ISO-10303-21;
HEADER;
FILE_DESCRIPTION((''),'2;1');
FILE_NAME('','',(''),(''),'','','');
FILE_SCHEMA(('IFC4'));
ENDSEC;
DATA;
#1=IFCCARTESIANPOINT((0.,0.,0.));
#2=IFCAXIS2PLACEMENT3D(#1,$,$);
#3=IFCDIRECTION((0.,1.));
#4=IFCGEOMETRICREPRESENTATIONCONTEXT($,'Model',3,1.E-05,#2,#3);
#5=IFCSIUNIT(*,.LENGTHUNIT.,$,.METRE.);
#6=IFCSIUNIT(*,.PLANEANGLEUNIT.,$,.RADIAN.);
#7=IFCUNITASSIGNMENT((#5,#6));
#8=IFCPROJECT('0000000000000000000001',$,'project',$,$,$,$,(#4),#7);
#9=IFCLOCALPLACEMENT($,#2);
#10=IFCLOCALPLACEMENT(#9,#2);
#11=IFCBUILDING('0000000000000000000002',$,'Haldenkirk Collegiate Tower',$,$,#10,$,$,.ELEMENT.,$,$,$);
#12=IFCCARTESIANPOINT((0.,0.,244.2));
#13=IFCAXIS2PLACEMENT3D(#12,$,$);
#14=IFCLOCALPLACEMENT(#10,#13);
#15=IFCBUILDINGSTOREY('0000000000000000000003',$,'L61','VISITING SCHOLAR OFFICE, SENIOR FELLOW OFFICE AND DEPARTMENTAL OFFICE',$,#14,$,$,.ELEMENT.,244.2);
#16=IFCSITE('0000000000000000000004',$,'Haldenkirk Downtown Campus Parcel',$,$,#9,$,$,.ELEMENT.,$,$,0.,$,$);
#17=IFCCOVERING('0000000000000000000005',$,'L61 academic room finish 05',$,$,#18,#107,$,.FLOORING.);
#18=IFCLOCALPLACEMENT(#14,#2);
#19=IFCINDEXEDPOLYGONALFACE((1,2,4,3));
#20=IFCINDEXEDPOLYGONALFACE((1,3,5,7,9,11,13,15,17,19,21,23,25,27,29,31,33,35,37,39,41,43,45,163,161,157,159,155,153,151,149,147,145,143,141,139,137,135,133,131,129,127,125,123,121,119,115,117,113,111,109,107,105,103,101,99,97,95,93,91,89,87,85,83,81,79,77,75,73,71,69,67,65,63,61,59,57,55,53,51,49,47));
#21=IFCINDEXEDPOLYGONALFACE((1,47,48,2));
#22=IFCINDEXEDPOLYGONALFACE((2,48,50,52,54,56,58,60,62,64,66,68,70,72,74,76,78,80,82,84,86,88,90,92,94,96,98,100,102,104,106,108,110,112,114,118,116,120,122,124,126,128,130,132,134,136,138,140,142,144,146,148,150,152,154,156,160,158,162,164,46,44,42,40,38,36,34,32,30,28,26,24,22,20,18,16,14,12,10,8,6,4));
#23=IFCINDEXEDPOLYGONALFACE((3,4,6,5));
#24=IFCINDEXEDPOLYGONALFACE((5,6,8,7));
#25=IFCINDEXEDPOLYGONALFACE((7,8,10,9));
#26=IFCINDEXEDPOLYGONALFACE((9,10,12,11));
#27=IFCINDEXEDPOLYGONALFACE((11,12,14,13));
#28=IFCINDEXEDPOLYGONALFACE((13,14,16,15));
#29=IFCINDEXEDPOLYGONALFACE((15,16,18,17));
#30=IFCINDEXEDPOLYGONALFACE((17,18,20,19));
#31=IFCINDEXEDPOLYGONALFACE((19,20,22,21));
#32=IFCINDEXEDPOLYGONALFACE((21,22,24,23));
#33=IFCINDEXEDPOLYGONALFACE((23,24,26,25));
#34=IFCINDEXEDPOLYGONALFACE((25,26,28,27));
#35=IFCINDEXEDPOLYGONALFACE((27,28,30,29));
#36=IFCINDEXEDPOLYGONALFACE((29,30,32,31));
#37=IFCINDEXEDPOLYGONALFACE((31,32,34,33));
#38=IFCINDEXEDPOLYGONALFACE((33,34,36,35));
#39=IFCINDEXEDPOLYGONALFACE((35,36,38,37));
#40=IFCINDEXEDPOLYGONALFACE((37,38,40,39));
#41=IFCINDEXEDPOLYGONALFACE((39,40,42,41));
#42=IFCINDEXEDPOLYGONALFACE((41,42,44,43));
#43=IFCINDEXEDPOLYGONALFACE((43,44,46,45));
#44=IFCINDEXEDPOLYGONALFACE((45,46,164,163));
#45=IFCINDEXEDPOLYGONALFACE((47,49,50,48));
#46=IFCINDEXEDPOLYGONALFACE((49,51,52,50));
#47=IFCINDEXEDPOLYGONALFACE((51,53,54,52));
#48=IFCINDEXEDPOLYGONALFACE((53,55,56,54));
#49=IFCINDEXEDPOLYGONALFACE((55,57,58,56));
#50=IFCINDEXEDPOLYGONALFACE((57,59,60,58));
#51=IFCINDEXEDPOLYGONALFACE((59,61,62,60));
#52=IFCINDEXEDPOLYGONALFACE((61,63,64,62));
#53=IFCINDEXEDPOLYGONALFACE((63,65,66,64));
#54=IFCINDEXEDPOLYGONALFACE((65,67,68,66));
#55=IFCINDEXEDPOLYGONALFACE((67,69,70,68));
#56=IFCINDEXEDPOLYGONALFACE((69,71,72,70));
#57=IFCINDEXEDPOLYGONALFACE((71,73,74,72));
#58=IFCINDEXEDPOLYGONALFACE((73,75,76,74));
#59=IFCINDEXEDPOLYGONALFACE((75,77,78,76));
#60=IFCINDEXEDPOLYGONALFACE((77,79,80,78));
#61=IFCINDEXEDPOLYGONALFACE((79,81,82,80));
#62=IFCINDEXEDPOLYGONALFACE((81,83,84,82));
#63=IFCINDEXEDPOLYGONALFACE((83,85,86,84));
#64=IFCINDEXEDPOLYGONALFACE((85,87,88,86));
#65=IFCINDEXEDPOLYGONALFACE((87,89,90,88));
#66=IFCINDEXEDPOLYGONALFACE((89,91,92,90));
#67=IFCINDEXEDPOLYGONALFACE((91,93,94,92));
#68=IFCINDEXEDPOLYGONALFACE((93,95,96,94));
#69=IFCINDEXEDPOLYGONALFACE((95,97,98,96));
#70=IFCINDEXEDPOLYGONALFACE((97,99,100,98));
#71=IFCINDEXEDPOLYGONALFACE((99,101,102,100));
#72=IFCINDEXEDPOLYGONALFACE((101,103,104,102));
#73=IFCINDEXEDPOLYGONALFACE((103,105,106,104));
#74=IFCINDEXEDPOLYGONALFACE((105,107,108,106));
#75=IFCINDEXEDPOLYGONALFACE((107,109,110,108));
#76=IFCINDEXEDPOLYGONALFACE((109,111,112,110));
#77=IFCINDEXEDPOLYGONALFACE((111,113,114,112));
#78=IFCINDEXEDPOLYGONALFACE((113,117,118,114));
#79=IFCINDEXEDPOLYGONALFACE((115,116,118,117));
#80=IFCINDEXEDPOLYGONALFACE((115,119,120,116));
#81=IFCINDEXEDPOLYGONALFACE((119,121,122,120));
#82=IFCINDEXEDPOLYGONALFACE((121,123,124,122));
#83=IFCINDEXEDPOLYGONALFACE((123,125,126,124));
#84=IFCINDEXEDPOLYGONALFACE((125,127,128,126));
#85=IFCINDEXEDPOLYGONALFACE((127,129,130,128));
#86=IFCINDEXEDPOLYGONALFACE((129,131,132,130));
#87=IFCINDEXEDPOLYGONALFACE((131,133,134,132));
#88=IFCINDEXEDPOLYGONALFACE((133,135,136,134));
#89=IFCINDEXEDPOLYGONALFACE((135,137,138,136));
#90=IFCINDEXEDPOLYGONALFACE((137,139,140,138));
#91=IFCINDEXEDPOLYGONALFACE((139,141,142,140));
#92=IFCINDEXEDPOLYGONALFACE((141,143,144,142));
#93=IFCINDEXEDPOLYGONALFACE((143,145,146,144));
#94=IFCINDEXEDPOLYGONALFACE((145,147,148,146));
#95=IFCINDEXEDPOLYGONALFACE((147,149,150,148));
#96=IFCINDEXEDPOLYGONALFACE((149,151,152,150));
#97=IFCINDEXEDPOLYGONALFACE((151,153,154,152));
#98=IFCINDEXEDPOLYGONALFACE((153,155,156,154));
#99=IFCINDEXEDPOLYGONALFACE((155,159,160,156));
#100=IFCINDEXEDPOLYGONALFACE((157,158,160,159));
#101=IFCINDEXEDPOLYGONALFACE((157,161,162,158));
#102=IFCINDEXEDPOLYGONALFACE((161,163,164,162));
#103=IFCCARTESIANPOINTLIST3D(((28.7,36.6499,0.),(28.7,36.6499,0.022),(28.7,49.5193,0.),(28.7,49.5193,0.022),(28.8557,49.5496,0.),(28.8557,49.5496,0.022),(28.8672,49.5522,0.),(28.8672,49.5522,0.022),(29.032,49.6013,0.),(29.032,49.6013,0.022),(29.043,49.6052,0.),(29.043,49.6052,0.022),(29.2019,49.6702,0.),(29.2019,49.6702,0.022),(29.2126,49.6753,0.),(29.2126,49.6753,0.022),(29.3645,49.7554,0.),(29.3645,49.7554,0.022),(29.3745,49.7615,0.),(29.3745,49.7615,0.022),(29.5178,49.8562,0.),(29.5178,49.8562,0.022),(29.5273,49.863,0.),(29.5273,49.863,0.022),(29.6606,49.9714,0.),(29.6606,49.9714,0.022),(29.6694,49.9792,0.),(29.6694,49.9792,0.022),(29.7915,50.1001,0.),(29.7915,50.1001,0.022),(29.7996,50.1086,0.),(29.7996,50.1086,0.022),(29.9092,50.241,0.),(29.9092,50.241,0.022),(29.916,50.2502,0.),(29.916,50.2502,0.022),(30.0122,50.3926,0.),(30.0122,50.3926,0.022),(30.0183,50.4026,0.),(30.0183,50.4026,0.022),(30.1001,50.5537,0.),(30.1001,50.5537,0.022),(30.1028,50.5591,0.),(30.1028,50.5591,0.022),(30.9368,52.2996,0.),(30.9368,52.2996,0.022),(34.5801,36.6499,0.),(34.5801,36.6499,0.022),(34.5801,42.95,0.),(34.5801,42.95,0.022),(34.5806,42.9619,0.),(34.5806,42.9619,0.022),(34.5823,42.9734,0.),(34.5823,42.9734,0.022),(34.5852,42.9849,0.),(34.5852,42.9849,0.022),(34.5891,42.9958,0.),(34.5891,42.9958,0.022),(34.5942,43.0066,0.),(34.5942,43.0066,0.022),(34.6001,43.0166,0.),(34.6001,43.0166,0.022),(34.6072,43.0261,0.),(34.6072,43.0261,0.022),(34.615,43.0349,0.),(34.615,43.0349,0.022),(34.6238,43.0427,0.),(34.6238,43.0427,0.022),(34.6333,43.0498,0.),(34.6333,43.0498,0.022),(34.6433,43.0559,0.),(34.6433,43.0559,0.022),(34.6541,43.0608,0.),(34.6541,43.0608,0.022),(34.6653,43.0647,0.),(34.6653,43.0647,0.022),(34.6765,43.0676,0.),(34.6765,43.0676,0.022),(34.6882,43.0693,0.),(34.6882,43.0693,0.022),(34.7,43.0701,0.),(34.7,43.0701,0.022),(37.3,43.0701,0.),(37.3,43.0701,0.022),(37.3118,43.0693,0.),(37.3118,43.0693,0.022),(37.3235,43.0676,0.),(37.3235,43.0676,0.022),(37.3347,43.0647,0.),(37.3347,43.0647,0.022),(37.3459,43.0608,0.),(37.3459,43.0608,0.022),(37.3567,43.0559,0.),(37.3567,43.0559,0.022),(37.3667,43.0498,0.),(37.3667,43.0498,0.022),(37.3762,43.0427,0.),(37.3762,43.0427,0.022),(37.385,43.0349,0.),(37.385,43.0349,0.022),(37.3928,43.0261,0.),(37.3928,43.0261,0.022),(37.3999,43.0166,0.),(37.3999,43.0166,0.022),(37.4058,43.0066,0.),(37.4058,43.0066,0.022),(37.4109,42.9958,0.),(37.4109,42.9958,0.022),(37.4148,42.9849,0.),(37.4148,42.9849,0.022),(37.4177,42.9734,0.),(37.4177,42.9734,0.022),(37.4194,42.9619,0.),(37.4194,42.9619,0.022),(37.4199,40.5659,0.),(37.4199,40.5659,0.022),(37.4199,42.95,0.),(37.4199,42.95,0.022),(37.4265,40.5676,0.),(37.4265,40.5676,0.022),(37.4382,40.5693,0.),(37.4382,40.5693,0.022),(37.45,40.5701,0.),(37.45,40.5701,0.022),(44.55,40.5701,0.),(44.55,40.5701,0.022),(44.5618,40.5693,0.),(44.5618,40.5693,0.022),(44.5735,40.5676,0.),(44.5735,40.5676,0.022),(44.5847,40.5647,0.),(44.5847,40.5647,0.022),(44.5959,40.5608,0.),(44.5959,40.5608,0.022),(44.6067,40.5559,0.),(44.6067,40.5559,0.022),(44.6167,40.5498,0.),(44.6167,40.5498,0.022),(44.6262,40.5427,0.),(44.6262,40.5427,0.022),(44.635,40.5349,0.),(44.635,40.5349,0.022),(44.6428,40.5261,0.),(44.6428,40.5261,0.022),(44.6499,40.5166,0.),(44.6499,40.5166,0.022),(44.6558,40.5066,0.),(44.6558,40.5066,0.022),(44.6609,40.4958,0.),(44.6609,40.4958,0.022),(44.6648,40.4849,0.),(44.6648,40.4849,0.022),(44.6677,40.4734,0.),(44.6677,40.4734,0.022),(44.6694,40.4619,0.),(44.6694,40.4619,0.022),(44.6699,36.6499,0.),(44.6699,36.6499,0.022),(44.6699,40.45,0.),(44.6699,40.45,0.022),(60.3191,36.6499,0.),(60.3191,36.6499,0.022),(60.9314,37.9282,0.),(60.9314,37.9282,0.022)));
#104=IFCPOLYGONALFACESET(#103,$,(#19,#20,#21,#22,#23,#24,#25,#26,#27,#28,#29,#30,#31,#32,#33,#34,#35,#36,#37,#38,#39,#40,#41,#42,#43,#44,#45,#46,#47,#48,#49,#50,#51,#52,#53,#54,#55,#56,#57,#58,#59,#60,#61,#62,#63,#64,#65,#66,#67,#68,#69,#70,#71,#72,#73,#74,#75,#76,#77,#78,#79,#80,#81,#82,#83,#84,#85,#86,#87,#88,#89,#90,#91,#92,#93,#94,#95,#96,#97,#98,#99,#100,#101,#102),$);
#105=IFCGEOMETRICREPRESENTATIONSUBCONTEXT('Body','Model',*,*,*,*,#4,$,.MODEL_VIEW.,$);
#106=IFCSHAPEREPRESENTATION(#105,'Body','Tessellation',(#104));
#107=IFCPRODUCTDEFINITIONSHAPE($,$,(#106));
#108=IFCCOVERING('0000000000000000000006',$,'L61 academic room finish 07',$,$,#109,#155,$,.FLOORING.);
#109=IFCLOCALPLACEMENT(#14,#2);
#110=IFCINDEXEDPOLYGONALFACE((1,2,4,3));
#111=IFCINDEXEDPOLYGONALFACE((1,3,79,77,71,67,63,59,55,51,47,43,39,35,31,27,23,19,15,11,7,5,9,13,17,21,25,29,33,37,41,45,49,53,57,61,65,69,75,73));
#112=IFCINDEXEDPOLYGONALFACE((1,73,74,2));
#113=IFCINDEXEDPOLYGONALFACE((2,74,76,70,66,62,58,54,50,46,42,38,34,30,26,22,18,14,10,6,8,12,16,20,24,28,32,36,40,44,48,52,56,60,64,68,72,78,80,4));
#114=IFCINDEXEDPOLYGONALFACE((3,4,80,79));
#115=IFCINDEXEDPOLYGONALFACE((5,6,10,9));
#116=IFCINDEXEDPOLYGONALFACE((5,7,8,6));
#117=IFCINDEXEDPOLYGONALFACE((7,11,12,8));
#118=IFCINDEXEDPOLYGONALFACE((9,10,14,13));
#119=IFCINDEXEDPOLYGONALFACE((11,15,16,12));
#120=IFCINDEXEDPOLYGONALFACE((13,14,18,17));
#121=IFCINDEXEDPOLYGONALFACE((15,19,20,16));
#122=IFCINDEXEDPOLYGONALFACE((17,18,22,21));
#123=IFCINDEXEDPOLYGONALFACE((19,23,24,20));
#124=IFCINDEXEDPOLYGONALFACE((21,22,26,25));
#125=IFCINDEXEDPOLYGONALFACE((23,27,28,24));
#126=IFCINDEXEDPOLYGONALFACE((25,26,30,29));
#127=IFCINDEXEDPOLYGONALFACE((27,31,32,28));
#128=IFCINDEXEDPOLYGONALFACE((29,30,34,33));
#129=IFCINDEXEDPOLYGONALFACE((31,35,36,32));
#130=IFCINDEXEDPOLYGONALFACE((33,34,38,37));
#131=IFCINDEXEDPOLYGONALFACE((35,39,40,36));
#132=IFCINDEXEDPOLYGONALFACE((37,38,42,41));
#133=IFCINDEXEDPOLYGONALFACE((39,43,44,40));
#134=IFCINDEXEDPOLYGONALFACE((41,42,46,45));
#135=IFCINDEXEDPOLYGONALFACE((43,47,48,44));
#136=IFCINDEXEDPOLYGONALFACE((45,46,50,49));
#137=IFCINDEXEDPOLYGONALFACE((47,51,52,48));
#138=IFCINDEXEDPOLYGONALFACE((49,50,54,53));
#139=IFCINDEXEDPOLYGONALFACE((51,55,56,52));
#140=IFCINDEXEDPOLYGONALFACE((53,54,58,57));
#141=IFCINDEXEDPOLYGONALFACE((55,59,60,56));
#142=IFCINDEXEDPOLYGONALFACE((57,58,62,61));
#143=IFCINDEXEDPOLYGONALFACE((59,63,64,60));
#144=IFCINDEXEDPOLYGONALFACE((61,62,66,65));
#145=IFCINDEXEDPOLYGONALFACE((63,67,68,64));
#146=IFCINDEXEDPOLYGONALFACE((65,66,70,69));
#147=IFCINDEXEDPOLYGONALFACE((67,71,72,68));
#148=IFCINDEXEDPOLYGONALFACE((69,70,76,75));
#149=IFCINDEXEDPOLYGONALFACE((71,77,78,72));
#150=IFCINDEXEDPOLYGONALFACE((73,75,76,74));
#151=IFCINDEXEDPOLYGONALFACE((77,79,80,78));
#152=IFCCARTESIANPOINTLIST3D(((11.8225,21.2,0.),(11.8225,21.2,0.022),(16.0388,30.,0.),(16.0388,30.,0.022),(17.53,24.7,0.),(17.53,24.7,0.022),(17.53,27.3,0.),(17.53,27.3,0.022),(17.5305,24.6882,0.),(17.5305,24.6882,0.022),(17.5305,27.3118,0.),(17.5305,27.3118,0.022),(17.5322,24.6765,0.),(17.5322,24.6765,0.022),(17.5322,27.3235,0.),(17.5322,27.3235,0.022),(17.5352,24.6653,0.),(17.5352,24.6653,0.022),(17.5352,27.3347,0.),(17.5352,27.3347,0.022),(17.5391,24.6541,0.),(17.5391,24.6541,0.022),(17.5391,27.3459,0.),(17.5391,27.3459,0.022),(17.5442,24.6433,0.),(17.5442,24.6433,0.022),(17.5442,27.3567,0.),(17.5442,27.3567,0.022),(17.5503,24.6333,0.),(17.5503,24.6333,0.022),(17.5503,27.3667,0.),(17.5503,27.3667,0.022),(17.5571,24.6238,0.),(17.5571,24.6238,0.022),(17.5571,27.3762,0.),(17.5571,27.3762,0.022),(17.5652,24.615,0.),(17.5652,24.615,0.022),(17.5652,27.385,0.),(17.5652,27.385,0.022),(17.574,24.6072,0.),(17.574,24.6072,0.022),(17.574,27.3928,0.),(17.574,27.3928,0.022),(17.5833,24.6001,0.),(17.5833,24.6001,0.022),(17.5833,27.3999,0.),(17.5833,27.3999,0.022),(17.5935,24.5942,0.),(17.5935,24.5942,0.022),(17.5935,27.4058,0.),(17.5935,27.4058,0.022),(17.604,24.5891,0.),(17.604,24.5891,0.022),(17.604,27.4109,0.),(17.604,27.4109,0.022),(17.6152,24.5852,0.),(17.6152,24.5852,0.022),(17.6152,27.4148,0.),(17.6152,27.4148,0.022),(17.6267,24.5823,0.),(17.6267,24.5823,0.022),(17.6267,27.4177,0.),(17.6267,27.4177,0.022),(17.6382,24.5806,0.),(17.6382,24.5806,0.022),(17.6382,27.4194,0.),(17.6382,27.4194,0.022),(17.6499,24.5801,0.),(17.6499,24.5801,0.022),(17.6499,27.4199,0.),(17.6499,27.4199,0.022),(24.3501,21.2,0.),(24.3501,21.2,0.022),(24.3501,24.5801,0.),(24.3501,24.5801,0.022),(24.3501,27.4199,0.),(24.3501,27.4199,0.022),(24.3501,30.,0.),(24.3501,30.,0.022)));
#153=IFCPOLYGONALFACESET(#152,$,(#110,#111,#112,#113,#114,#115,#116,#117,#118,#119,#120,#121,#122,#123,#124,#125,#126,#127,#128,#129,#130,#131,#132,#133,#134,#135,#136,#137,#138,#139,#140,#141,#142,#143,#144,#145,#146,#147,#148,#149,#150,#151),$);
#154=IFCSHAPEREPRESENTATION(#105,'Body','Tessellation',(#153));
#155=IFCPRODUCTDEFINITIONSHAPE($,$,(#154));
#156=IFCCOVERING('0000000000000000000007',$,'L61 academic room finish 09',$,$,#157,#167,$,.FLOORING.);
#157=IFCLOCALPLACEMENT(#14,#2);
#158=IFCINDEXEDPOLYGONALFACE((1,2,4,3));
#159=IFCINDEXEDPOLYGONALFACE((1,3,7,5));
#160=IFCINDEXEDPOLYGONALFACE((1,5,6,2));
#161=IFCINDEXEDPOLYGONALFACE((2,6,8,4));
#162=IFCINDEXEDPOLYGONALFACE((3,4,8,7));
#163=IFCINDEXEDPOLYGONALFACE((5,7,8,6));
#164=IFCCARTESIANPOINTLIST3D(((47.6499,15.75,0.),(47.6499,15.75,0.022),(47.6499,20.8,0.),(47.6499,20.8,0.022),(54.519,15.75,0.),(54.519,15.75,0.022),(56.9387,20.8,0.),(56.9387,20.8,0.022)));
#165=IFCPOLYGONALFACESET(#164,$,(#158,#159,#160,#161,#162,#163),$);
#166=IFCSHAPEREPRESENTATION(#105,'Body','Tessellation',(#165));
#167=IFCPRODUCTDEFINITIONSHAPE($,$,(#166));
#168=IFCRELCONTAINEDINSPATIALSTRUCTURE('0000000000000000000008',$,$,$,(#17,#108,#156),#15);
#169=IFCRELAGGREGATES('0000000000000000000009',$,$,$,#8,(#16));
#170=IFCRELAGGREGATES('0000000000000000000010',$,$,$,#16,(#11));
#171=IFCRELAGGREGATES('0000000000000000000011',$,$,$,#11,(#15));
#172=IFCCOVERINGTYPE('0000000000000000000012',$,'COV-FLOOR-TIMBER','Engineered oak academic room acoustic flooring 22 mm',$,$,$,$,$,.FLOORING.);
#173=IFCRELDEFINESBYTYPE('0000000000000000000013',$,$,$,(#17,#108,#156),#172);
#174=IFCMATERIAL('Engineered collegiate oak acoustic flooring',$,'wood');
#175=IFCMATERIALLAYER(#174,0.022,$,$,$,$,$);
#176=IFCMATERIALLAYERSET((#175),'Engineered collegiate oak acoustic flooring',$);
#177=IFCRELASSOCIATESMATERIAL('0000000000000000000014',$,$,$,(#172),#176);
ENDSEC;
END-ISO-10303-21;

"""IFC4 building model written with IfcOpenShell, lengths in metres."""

from ifc_helpers import new_model, si_unit, direction, frame, origin, place, context, subcontext, project, spatial, polyline, outline, extrude, material, layer, layer_set, type_object, element, save


model = new_model("IFC4")

# Units and contexts
model_context = context("Model", 3, precision=1e-05, world=origin(), true_north=direction((0.0, 1.0)))
body_context = subcontext(model_context, "Body", "Model", "MODEL_VIEW")
ifc_project = project(units=[si_unit("LENGTHUNIT", "METRE"), si_unit("PLANEANGLEUNIT", "RADIAN")], contexts=[model_context])

# Site, building, storey
site_placement = place(None, origin())
site = spatial("IfcSite", under=ifc_project, at=site_placement, Name="Haldenkirk Downtown Campus Parcel", CompositionType="ELEMENT", RefElevation=0.0)
building_placement = place(site_placement, origin())
building = spatial("IfcBuilding", under=site, at=building_placement, Name="Haldenkirk Collegiate Tower", CompositionType="ELEMENT")
storey_placement = place(building_placement, frame((0.0, 0.0, 244.2)))
storey = spatial("IfcBuildingStorey", under=building, at=storey_placement, Name="L61", Description="VISITING SCHOLAR OFFICE, SENIOR FELLOW OFFICE AND DEPARTMENTAL OFFICE", CompositionType="ELEMENT", Elevation=244.2)

# Coverings
ifc_material_1 = material(Name="Engineered collegiate oak acoustic flooring", Category="wood")
ifc_layer_1 = layer(ifc_material_1, 0.022)
ifc_layer_set_1 = layer_set([ifc_layer_1], Name="Engineered collegiate oak acoustic flooring")
covering_type_1 = type_object("IfcCoveringType", Name="COV-FLOOR-TIMBER", Description="Engineered oak academic room acoustic flooring 22 mm", PredefinedType="FLOORING", material=ifc_layer_set_1)
covering_1_placement = place(storey_placement, origin())
element("IfcCovering", 1, at=covering_1_placement, inside=storey, type_object=covering_type_1, Name="L61 academic room finish 05", PredefinedType="FLOORING", context=body_context, shape_type="SweptSolid", body=[
    extrude(outline(polyline([(28.7, 49.5193), (28.8557, 49.5496), (28.8672, 49.5522), (29.032, 49.6013), (29.043, 49.6052), (29.2019, 49.6702), (29.2126, 49.6753), (29.3645, 49.7554), (29.3745, 49.7615), (29.5178, 49.8562), (29.5273, 49.863), (29.6606, 49.9714), (29.6694, 49.9792), (29.7915, 50.1001), (29.7996, 50.1086), (29.9092, 50.241), (29.916, 50.2502), (30.0122, 50.3926), (30.0183, 50.4026), (30.1001, 50.5537), (30.1028, 50.5591), (30.9368, 52.2996), (60.9314, 37.9282), (60.3191, 36.6499), (44.6699, 36.6499), (44.6699, 40.45), (44.6694, 40.4619), (44.6677, 40.4734), (44.6648, 40.4849), (44.6609, 40.4958), (44.6558, 40.5066), (44.6499, 40.5166), (44.6428, 40.5261), (44.635, 40.5349), (44.6262, 40.5427), (44.6167, 40.5498), (44.6067, 40.5559), (44.5959, 40.5608), (44.5847, 40.5647), (44.5735, 40.5676), (44.5618, 40.5693), (44.55, 40.5701), (37.45, 40.5701), (37.4382, 40.5693), (37.4265, 40.5676), (37.4199, 40.5659), (37.4199, 42.95), (37.4194, 42.9619), (37.4177, 42.9734), (37.4148, 42.9849), (37.4109, 42.9958), (37.4058, 43.0066), (37.3999, 43.0166), (37.3928, 43.0261), (37.385, 43.0349), (37.3762, 43.0427), (37.3667, 43.0498), (37.3567, 43.0559), (37.3459, 43.0608), (37.3347, 43.0647), (37.3235, 43.0676), (37.3118, 43.0693), (37.3, 43.0701), (34.7, 43.0701), (34.6882, 43.0693), (34.6765, 43.0676), (34.6653, 43.0647), (34.6541, 43.0608), (34.6433, 43.0559), (34.6333, 43.0498), (34.6238, 43.0427), (34.615, 43.0349), (34.6072, 43.0261), (34.6001, 43.0166), (34.5942, 43.0066), (34.5891, 42.9958), (34.5852, 42.9849), (34.5823, 42.9734), (34.5806, 42.9619), (34.5801, 42.95), (34.5801, 36.6499), (28.7, 36.6499), (28.7, 49.5193)])), origin(), (0.0, 0.0, 1.0), 0.022),
])
covering_2_placement = place(storey_placement, origin())
element("IfcCovering", 2, at=covering_2_placement, inside=storey, type_object=covering_type_1, Name="L61 academic room finish 07", PredefinedType="FLOORING", context=body_context, shape_type="SweptSolid", body=[
    extrude(outline(polyline([(16.0388, 30.0), (24.3501, 30.0), (24.3501, 27.4199), (17.6499, 27.4199), (17.6382, 27.4194), (17.6267, 27.4177), (17.6152, 27.4148), (17.604, 27.4109), (17.5935, 27.4058), (17.5833, 27.3999), (17.574, 27.3928), (17.5652, 27.385), (17.5571, 27.3762), (17.5503, 27.3667), (17.5442, 27.3567), (17.5391, 27.3459), (17.5352, 27.3347), (17.5322, 27.3235), (17.5305, 27.3118), (17.53, 27.3), (17.53, 24.7), (17.5305, 24.6882), (17.5322, 24.6765), (17.5352, 24.6653), (17.5391, 24.6541), (17.5442, 24.6433), (17.5503, 24.6333), (17.5571, 24.6238), (17.5652, 24.615), (17.574, 24.6072), (17.5833, 24.6001), (17.5935, 24.5942), (17.604, 24.5891), (17.6152, 24.5852), (17.6267, 24.5823), (17.6382, 24.5806), (17.6499, 24.5801), (24.3501, 24.5801), (24.3501, 21.2), (11.8225, 21.2), (16.0388, 30.0)])), origin(), (0.0, 0.0, 1.0), 0.022),
])
covering_3_placement = place(storey_placement, origin())
element("IfcCovering", 3, at=covering_3_placement, inside=storey, type_object=covering_type_1, Name="L61 academic room finish 09", PredefinedType="FLOORING", context=body_context, shape_type="SweptSolid", body=[
    extrude(outline(polyline([(54.519, 15.75), (47.6499, 15.75), (47.6499, 20.8), (56.9387, 20.8), (54.519, 15.75)])), origin(), (0.0, 0.0, 1.0), 0.022),
])

save(model, "model.ifc")
